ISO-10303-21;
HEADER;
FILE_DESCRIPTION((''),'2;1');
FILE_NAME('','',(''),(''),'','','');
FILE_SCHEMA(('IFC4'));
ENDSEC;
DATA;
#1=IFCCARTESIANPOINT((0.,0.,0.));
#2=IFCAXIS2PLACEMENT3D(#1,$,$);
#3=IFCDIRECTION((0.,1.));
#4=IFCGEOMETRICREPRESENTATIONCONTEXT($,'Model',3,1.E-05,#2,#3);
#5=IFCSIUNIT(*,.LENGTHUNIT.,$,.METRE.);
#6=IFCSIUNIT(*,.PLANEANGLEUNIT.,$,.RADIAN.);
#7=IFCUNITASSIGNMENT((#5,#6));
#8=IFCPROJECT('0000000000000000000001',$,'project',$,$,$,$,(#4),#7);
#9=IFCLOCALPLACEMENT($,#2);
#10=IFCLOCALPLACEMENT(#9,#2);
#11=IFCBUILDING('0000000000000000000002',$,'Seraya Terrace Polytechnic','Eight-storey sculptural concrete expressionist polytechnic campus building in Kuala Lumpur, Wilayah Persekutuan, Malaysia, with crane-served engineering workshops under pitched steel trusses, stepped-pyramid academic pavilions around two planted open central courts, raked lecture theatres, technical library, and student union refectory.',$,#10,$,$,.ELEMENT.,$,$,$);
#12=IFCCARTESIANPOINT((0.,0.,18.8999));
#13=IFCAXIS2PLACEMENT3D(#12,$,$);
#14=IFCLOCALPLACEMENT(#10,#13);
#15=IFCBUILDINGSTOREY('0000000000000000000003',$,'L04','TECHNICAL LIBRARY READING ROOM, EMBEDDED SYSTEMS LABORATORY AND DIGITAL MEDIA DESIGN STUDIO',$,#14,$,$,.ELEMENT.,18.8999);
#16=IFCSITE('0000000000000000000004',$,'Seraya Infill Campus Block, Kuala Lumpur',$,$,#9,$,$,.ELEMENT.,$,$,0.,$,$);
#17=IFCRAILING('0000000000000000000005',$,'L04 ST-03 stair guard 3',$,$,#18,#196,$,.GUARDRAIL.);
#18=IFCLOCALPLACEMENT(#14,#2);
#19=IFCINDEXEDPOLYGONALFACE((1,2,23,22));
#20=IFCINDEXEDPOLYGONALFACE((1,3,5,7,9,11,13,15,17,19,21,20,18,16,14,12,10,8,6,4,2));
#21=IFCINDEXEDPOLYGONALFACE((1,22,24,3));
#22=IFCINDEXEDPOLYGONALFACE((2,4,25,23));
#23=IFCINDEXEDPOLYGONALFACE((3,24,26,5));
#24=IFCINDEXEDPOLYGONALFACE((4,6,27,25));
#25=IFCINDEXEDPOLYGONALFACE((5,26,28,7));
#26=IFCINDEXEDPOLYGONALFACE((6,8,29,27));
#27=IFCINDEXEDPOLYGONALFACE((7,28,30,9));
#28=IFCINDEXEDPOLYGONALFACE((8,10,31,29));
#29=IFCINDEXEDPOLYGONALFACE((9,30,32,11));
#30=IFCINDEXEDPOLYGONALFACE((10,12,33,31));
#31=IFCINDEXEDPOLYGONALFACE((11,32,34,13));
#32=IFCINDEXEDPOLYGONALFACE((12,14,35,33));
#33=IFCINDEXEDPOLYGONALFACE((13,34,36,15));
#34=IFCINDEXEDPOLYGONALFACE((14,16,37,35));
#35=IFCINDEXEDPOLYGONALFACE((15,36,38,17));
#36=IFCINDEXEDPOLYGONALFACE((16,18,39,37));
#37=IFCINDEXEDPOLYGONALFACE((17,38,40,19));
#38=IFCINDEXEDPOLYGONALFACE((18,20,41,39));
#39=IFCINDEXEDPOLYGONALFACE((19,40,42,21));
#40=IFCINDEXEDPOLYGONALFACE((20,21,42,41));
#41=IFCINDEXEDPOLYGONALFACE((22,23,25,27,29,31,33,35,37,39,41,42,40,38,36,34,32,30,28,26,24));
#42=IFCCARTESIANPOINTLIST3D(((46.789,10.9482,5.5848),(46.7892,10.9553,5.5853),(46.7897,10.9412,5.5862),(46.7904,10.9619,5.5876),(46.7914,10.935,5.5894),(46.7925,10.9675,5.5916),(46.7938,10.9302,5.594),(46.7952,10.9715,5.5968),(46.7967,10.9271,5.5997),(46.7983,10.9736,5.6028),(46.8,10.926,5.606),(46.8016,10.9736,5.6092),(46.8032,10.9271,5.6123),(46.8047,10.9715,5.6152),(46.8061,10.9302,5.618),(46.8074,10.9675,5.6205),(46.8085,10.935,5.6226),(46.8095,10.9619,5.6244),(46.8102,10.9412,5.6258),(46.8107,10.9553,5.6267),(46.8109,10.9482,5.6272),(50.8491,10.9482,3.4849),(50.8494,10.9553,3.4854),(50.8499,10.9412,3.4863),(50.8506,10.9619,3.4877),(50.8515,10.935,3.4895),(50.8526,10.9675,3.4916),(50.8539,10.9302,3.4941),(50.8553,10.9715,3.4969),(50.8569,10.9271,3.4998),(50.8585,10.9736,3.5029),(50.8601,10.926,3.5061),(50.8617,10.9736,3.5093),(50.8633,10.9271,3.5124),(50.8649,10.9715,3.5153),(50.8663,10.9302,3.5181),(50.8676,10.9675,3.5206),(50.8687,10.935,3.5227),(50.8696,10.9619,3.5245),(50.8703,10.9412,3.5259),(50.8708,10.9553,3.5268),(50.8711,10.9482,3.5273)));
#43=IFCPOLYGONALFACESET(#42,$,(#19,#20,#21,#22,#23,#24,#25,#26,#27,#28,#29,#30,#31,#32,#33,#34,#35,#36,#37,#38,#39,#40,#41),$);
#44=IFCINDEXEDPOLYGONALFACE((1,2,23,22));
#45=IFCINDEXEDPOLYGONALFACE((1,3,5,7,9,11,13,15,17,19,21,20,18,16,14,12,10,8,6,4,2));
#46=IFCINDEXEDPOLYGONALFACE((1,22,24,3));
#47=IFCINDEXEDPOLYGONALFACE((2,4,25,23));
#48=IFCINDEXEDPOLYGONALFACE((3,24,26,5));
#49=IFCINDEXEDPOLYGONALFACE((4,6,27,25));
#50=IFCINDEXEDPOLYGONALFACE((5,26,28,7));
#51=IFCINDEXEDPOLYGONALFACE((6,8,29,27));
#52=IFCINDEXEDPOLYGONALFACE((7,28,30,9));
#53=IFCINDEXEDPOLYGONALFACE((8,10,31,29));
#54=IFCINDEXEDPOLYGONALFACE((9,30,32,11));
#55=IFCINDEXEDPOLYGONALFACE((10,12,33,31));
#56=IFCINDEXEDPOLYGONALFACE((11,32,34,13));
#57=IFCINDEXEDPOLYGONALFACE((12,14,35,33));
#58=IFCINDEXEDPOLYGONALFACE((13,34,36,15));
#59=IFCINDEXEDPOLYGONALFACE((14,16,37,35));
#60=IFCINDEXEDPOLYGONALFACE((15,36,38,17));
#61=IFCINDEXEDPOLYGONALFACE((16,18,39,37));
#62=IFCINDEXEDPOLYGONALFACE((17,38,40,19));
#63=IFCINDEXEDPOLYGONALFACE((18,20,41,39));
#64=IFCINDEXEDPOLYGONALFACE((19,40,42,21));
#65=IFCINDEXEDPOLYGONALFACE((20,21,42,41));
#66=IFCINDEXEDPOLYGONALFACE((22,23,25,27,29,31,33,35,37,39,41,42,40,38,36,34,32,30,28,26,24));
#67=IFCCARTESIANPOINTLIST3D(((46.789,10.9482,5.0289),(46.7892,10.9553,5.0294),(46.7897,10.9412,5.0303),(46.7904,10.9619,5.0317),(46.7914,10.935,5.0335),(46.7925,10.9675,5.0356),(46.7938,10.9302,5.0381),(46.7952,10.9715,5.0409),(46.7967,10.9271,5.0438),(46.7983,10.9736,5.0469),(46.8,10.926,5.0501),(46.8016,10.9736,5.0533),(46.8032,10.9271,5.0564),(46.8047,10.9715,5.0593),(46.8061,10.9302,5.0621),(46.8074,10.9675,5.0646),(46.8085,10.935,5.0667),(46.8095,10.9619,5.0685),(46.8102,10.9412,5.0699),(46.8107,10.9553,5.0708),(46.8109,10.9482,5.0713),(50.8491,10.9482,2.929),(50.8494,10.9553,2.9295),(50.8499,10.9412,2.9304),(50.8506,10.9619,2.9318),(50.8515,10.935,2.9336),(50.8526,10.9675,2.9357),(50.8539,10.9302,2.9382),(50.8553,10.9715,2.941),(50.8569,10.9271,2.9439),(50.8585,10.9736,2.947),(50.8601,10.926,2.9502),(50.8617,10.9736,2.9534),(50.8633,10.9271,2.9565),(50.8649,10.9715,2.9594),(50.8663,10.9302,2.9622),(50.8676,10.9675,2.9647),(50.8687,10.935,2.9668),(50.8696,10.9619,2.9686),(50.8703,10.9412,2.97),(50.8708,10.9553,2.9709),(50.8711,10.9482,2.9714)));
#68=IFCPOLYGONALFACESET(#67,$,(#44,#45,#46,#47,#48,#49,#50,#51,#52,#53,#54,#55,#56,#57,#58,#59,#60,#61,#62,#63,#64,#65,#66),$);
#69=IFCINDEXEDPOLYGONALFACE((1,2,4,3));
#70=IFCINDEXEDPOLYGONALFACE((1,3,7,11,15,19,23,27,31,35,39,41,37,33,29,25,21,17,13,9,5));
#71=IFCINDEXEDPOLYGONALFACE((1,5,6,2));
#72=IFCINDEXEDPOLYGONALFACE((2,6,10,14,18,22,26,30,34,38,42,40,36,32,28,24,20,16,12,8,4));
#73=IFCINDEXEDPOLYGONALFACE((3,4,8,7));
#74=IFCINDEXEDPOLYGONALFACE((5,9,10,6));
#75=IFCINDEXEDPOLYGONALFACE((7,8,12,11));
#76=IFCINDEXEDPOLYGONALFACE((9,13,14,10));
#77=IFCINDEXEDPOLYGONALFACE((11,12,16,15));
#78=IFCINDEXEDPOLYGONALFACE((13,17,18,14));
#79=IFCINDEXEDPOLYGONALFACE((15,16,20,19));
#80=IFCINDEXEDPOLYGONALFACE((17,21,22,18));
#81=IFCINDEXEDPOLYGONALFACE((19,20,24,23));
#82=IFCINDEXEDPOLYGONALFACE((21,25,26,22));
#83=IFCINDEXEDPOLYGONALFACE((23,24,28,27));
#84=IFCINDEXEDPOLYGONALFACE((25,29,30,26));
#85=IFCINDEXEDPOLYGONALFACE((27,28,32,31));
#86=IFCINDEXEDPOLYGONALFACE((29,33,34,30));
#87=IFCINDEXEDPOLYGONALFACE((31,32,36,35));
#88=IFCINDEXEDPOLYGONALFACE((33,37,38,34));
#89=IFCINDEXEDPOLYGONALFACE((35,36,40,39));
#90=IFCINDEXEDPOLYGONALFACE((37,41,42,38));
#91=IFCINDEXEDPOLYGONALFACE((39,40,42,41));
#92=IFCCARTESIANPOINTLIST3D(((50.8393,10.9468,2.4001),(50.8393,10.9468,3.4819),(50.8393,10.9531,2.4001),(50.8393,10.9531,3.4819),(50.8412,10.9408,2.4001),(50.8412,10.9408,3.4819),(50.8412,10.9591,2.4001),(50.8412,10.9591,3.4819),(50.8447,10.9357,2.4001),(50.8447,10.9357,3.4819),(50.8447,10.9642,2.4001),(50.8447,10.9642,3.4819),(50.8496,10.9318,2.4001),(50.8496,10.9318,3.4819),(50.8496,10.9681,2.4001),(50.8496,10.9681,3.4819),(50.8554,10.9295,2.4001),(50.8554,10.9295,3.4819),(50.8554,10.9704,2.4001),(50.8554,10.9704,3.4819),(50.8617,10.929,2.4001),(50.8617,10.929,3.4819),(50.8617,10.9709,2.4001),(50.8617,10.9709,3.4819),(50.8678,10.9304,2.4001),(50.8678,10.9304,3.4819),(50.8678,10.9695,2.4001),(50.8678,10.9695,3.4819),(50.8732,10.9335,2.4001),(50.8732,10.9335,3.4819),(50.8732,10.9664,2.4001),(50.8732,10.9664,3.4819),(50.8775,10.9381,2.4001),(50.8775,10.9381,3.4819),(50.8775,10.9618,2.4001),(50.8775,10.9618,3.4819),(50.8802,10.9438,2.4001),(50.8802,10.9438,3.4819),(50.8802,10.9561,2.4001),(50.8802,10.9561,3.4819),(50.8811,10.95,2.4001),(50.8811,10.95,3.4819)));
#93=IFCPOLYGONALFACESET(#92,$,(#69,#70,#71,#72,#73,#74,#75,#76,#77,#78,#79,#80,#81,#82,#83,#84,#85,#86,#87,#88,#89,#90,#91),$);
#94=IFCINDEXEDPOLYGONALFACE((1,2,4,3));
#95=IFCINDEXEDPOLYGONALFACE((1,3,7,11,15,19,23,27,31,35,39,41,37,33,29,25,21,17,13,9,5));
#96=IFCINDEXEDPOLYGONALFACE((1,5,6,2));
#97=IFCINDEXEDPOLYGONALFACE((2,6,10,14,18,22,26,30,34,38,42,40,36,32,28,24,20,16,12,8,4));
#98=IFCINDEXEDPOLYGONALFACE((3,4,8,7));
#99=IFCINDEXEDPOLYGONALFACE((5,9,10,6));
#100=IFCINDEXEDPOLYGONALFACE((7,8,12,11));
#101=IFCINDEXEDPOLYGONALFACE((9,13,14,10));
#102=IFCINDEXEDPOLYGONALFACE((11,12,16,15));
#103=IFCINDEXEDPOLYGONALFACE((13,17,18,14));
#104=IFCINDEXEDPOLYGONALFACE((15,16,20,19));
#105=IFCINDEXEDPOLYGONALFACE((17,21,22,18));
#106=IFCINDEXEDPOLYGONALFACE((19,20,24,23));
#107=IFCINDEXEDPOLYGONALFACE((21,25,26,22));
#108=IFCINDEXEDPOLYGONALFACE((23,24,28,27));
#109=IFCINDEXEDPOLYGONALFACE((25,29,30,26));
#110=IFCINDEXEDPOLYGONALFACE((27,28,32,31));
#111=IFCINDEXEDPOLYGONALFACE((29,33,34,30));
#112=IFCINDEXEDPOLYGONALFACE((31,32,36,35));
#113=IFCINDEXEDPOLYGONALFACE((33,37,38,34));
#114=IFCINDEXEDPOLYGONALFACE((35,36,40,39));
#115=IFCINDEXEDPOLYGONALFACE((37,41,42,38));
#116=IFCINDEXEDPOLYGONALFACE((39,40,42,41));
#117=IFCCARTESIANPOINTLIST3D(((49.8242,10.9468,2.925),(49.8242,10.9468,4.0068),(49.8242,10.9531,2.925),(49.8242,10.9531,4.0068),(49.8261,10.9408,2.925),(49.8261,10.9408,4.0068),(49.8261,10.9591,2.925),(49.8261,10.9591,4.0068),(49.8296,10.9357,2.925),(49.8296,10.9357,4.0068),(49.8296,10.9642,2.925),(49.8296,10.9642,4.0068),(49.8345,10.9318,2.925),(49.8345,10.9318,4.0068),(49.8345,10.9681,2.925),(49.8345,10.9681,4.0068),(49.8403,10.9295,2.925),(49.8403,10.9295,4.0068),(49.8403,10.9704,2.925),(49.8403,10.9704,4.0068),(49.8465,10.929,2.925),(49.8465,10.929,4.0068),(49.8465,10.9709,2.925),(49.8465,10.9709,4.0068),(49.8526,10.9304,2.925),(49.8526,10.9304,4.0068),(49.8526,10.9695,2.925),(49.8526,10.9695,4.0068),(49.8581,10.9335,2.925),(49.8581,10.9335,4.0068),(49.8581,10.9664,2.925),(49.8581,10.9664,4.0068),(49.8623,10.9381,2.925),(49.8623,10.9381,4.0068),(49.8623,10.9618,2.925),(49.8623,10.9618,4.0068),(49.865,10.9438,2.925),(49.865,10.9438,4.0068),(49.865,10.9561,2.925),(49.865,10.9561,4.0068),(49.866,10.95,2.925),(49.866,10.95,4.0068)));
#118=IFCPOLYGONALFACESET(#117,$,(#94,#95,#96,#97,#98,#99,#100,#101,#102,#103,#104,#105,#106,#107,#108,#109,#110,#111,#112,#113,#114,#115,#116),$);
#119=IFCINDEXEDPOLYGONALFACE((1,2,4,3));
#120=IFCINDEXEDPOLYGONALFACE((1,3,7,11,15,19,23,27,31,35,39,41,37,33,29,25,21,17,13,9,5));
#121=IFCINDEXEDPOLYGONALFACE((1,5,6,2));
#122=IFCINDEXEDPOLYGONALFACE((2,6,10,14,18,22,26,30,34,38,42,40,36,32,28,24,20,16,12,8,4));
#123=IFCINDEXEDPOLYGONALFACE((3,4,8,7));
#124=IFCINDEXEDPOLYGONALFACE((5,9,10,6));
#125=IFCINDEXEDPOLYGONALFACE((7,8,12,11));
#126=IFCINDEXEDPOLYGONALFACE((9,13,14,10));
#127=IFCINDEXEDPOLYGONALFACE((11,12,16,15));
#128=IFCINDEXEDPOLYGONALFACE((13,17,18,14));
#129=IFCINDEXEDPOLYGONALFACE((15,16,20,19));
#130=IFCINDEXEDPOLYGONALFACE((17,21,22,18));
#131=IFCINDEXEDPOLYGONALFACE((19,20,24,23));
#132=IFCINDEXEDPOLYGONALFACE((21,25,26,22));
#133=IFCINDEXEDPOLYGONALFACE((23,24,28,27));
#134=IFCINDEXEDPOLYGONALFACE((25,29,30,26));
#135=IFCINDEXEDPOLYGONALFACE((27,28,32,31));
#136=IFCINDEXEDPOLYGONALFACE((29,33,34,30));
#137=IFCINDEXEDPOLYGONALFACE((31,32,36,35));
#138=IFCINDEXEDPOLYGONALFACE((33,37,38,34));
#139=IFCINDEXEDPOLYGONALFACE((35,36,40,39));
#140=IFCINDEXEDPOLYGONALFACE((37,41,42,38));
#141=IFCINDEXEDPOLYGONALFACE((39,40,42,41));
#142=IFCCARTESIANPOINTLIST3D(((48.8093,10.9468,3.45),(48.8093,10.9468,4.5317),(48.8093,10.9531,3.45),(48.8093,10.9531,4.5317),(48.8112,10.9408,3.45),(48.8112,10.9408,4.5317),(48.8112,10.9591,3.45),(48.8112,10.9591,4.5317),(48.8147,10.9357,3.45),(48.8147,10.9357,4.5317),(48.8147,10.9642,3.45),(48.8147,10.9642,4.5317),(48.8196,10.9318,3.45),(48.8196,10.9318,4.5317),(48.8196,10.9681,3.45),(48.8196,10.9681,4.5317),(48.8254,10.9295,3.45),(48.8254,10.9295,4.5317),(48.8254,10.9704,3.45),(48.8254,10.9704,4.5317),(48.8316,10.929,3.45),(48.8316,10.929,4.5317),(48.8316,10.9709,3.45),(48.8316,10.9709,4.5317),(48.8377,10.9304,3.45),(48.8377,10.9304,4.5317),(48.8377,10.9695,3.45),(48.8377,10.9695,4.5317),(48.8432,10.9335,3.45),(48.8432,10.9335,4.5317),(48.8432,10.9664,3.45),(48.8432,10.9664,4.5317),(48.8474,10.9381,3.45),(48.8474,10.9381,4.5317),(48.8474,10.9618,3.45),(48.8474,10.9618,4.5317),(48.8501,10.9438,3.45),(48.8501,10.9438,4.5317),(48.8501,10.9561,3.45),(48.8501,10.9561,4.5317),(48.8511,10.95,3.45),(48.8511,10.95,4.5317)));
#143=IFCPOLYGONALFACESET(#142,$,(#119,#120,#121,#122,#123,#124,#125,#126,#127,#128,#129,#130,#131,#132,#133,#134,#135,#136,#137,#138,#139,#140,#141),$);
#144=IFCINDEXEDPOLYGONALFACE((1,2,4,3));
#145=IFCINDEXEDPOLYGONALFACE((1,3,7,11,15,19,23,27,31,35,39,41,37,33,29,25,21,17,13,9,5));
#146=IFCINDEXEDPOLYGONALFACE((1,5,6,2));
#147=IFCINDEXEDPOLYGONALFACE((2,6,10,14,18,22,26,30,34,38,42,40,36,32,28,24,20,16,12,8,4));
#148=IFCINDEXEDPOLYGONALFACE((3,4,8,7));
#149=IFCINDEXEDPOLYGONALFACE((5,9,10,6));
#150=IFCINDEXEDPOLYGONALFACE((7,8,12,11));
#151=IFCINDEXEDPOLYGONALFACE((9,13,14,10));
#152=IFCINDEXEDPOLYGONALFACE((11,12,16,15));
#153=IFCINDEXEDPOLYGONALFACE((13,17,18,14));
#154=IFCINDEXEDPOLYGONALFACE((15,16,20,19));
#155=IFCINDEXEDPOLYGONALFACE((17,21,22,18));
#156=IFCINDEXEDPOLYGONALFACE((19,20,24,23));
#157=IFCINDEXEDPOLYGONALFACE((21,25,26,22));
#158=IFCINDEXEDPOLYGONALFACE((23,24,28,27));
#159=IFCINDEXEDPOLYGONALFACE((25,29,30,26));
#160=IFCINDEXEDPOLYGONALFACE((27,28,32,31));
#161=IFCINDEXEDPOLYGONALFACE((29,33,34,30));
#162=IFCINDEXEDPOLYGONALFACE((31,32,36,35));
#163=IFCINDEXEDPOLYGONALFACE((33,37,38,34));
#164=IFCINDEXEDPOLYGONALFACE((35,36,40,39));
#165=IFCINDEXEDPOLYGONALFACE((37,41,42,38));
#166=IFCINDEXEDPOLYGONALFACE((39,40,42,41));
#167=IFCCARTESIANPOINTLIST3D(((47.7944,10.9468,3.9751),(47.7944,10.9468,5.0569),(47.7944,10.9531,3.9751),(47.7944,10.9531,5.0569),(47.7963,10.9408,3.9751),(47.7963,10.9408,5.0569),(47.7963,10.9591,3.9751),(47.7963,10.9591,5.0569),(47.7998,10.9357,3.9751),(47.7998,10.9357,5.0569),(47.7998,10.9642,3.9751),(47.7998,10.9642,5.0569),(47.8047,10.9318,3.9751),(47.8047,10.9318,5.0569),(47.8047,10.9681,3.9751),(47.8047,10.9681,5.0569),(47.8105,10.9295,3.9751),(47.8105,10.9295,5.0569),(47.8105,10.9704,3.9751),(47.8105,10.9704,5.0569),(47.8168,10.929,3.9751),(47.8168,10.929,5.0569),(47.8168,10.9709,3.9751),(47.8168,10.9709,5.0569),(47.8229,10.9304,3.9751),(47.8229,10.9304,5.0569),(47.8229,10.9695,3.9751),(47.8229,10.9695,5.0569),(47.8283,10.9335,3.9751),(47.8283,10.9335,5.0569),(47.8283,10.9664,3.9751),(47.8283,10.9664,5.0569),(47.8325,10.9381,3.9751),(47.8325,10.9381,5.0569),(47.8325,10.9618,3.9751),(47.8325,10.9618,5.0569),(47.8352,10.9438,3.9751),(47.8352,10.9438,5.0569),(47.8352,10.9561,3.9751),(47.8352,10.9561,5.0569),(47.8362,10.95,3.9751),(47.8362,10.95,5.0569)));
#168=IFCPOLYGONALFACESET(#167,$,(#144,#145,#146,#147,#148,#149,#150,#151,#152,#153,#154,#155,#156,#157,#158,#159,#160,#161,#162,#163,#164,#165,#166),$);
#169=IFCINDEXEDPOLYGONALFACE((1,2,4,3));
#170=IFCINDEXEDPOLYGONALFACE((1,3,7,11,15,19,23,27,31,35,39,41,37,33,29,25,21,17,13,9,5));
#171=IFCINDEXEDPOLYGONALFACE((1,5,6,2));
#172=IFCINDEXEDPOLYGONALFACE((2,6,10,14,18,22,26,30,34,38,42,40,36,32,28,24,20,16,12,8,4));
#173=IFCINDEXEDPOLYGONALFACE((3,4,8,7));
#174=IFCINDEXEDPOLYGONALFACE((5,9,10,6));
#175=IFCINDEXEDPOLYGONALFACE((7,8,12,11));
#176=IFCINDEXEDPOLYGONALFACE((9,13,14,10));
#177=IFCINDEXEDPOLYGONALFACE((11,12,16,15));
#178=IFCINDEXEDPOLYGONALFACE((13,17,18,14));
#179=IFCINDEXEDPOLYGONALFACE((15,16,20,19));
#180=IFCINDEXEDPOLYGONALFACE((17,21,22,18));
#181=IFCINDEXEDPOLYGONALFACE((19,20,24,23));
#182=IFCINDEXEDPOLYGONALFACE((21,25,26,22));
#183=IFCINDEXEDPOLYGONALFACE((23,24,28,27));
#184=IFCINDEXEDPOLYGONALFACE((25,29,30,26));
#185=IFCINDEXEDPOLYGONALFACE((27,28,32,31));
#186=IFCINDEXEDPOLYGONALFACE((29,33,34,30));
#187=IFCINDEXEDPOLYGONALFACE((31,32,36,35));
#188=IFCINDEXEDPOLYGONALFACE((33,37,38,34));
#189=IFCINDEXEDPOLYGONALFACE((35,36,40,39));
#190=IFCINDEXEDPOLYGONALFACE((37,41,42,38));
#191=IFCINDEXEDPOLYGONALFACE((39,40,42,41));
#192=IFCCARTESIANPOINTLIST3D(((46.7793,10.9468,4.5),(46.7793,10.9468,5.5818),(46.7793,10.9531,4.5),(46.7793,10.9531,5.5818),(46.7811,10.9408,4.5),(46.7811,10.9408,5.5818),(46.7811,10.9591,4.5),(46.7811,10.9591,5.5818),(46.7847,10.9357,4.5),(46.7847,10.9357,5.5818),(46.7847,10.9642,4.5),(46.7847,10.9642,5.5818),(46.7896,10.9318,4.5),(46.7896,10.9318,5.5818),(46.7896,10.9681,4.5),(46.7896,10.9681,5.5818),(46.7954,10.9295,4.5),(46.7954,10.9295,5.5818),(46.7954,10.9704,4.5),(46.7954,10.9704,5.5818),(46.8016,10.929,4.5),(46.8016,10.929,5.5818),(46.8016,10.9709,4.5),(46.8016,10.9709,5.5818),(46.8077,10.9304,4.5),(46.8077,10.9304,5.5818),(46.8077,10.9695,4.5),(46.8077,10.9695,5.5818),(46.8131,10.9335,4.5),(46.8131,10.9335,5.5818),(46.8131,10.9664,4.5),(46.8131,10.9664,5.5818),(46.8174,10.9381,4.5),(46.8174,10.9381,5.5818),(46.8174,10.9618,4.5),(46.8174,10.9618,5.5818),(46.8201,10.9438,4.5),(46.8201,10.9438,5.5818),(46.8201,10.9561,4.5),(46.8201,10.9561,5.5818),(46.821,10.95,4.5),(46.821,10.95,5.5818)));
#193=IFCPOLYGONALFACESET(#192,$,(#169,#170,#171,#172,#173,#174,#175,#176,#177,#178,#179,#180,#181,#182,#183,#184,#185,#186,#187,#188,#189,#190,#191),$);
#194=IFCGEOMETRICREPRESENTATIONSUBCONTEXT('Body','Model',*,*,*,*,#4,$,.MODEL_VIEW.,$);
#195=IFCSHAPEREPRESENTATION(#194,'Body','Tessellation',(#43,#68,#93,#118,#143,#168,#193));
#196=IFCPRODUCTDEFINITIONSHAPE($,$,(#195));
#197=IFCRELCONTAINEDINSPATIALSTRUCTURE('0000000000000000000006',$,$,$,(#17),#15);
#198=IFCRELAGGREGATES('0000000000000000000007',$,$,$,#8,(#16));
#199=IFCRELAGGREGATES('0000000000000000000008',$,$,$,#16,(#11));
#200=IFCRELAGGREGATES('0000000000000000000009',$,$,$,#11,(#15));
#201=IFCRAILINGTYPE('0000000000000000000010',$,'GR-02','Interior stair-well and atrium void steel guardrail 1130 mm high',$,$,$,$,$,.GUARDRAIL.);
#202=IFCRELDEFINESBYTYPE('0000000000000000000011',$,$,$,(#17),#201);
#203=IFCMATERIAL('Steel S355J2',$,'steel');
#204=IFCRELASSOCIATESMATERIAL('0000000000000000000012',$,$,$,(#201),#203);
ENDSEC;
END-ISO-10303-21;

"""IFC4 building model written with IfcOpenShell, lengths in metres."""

from ifc_helpers import new_model, si_unit, direction, frame, origin, origin_2d, place, context, subcontext, project, spatial, circle, extrude, material, type_object, element, save


model = new_model("IFC4")

# Units and contexts
model_context = context("Model", 3, precision=1e-05, world=origin(), true_north=direction((0.0, 1.0)))
body_context = subcontext(model_context, "Body", "Model", "MODEL_VIEW")
ifc_project = project(units=[si_unit("LENGTHUNIT", "METRE"), si_unit("PLANEANGLEUNIT", "RADIAN")], contexts=[model_context])

# Site, building, storey
site_placement = place(None, origin())
site = spatial("IfcSite", under=ifc_project, at=site_placement, Name="Seraya Infill Campus Block, Kuala Lumpur", CompositionType="ELEMENT", RefElevation=0.0)
building_placement = place(site_placement, origin())
building = spatial("IfcBuilding", under=site, at=building_placement, Name="Seraya Terrace Polytechnic", Description="Eight-storey sculptural concrete expressionist polytechnic campus building in Kuala Lumpur, Wilayah Persekutuan, Malaysia, with crane-served engineering workshops under pitched steel trusses, stepped-pyramid academic pavilions around two planted open central courts, raked lecture theatres, technical library, and student union refectory.", CompositionType="ELEMENT")
storey_placement = place(building_placement, frame((0.0, 0.0, 18.8999)))
storey = spatial("IfcBuildingStorey", under=building, at=storey_placement, Name="L04", Description="TECHNICAL LIBRARY READING ROOM, EMBEDDED SYSTEMS LABORATORY AND DIGITAL MEDIA DESIGN STUDIO", CompositionType="ELEMENT", Elevation=18.8999)

# Railing
ifc_material_1 = material(Name="Steel S355J2", Category="steel")
railing_type = type_object("IfcRailingType", Name="GR-02", Description="Interior stair-well and atrium void steel guardrail 1130 mm high", PredefinedType="GUARDRAIL", material=ifc_material_1)
railing_1_placement = place(storey_placement, frame((50.8601, 10.95, 2.4001)))
element("IfcRailing", 1, at=railing_1_placement, inside=storey, type_object=railing_type, Name="L04 ST-03 stair guard 3", PredefinedType="GUARDRAIL", context=body_context, shape_type="SweptSolid", body=[
    extrude(circle(Radius=0.0239, at=origin_2d()), frame((0.0, 0.0, 1.106), z_axis=(-0.888233, 0.0, 0.459392), x_axis=(0.0, -1.0, 0.0)), (0.0, 0.0, 1.0), 4.571),
    extrude(circle(Radius=0.0239, at=origin_2d()), frame((0.0, 0.0, 0.55), z_axis=(-0.888233, 0.0, 0.459392), x_axis=(0.0, -1.0, 0.0)), (0.0, 0.0, 1.0), 4.571),
    extrude(circle(Radius=0.021, at=origin_2d()), origin(), (0.0, 0.0, 1.0), 1.0818),
    extrude(circle(Radius=0.021, at=origin_2d()), frame((-1.0151, 0.0, 0.5249)), (0.0, 0.0, 1.0), 1.0818),
    extrude(circle(Radius=0.021, at=origin_2d()), frame((-2.03, 0.0, 1.0498)), (0.0, 0.0, 1.0), 1.0818),
    extrude(circle(Radius=0.021, at=origin_2d()), frame((-3.0449, 0.0, 1.575)), (0.0, 0.0, 1.0), 1.0818),
    extrude(circle(Radius=0.021, at=origin_2d()), frame((-4.0601, 0.0, 2.0999)), (0.0, 0.0, 1.0), 1.0818),
])

save(model, "model.ifc")
